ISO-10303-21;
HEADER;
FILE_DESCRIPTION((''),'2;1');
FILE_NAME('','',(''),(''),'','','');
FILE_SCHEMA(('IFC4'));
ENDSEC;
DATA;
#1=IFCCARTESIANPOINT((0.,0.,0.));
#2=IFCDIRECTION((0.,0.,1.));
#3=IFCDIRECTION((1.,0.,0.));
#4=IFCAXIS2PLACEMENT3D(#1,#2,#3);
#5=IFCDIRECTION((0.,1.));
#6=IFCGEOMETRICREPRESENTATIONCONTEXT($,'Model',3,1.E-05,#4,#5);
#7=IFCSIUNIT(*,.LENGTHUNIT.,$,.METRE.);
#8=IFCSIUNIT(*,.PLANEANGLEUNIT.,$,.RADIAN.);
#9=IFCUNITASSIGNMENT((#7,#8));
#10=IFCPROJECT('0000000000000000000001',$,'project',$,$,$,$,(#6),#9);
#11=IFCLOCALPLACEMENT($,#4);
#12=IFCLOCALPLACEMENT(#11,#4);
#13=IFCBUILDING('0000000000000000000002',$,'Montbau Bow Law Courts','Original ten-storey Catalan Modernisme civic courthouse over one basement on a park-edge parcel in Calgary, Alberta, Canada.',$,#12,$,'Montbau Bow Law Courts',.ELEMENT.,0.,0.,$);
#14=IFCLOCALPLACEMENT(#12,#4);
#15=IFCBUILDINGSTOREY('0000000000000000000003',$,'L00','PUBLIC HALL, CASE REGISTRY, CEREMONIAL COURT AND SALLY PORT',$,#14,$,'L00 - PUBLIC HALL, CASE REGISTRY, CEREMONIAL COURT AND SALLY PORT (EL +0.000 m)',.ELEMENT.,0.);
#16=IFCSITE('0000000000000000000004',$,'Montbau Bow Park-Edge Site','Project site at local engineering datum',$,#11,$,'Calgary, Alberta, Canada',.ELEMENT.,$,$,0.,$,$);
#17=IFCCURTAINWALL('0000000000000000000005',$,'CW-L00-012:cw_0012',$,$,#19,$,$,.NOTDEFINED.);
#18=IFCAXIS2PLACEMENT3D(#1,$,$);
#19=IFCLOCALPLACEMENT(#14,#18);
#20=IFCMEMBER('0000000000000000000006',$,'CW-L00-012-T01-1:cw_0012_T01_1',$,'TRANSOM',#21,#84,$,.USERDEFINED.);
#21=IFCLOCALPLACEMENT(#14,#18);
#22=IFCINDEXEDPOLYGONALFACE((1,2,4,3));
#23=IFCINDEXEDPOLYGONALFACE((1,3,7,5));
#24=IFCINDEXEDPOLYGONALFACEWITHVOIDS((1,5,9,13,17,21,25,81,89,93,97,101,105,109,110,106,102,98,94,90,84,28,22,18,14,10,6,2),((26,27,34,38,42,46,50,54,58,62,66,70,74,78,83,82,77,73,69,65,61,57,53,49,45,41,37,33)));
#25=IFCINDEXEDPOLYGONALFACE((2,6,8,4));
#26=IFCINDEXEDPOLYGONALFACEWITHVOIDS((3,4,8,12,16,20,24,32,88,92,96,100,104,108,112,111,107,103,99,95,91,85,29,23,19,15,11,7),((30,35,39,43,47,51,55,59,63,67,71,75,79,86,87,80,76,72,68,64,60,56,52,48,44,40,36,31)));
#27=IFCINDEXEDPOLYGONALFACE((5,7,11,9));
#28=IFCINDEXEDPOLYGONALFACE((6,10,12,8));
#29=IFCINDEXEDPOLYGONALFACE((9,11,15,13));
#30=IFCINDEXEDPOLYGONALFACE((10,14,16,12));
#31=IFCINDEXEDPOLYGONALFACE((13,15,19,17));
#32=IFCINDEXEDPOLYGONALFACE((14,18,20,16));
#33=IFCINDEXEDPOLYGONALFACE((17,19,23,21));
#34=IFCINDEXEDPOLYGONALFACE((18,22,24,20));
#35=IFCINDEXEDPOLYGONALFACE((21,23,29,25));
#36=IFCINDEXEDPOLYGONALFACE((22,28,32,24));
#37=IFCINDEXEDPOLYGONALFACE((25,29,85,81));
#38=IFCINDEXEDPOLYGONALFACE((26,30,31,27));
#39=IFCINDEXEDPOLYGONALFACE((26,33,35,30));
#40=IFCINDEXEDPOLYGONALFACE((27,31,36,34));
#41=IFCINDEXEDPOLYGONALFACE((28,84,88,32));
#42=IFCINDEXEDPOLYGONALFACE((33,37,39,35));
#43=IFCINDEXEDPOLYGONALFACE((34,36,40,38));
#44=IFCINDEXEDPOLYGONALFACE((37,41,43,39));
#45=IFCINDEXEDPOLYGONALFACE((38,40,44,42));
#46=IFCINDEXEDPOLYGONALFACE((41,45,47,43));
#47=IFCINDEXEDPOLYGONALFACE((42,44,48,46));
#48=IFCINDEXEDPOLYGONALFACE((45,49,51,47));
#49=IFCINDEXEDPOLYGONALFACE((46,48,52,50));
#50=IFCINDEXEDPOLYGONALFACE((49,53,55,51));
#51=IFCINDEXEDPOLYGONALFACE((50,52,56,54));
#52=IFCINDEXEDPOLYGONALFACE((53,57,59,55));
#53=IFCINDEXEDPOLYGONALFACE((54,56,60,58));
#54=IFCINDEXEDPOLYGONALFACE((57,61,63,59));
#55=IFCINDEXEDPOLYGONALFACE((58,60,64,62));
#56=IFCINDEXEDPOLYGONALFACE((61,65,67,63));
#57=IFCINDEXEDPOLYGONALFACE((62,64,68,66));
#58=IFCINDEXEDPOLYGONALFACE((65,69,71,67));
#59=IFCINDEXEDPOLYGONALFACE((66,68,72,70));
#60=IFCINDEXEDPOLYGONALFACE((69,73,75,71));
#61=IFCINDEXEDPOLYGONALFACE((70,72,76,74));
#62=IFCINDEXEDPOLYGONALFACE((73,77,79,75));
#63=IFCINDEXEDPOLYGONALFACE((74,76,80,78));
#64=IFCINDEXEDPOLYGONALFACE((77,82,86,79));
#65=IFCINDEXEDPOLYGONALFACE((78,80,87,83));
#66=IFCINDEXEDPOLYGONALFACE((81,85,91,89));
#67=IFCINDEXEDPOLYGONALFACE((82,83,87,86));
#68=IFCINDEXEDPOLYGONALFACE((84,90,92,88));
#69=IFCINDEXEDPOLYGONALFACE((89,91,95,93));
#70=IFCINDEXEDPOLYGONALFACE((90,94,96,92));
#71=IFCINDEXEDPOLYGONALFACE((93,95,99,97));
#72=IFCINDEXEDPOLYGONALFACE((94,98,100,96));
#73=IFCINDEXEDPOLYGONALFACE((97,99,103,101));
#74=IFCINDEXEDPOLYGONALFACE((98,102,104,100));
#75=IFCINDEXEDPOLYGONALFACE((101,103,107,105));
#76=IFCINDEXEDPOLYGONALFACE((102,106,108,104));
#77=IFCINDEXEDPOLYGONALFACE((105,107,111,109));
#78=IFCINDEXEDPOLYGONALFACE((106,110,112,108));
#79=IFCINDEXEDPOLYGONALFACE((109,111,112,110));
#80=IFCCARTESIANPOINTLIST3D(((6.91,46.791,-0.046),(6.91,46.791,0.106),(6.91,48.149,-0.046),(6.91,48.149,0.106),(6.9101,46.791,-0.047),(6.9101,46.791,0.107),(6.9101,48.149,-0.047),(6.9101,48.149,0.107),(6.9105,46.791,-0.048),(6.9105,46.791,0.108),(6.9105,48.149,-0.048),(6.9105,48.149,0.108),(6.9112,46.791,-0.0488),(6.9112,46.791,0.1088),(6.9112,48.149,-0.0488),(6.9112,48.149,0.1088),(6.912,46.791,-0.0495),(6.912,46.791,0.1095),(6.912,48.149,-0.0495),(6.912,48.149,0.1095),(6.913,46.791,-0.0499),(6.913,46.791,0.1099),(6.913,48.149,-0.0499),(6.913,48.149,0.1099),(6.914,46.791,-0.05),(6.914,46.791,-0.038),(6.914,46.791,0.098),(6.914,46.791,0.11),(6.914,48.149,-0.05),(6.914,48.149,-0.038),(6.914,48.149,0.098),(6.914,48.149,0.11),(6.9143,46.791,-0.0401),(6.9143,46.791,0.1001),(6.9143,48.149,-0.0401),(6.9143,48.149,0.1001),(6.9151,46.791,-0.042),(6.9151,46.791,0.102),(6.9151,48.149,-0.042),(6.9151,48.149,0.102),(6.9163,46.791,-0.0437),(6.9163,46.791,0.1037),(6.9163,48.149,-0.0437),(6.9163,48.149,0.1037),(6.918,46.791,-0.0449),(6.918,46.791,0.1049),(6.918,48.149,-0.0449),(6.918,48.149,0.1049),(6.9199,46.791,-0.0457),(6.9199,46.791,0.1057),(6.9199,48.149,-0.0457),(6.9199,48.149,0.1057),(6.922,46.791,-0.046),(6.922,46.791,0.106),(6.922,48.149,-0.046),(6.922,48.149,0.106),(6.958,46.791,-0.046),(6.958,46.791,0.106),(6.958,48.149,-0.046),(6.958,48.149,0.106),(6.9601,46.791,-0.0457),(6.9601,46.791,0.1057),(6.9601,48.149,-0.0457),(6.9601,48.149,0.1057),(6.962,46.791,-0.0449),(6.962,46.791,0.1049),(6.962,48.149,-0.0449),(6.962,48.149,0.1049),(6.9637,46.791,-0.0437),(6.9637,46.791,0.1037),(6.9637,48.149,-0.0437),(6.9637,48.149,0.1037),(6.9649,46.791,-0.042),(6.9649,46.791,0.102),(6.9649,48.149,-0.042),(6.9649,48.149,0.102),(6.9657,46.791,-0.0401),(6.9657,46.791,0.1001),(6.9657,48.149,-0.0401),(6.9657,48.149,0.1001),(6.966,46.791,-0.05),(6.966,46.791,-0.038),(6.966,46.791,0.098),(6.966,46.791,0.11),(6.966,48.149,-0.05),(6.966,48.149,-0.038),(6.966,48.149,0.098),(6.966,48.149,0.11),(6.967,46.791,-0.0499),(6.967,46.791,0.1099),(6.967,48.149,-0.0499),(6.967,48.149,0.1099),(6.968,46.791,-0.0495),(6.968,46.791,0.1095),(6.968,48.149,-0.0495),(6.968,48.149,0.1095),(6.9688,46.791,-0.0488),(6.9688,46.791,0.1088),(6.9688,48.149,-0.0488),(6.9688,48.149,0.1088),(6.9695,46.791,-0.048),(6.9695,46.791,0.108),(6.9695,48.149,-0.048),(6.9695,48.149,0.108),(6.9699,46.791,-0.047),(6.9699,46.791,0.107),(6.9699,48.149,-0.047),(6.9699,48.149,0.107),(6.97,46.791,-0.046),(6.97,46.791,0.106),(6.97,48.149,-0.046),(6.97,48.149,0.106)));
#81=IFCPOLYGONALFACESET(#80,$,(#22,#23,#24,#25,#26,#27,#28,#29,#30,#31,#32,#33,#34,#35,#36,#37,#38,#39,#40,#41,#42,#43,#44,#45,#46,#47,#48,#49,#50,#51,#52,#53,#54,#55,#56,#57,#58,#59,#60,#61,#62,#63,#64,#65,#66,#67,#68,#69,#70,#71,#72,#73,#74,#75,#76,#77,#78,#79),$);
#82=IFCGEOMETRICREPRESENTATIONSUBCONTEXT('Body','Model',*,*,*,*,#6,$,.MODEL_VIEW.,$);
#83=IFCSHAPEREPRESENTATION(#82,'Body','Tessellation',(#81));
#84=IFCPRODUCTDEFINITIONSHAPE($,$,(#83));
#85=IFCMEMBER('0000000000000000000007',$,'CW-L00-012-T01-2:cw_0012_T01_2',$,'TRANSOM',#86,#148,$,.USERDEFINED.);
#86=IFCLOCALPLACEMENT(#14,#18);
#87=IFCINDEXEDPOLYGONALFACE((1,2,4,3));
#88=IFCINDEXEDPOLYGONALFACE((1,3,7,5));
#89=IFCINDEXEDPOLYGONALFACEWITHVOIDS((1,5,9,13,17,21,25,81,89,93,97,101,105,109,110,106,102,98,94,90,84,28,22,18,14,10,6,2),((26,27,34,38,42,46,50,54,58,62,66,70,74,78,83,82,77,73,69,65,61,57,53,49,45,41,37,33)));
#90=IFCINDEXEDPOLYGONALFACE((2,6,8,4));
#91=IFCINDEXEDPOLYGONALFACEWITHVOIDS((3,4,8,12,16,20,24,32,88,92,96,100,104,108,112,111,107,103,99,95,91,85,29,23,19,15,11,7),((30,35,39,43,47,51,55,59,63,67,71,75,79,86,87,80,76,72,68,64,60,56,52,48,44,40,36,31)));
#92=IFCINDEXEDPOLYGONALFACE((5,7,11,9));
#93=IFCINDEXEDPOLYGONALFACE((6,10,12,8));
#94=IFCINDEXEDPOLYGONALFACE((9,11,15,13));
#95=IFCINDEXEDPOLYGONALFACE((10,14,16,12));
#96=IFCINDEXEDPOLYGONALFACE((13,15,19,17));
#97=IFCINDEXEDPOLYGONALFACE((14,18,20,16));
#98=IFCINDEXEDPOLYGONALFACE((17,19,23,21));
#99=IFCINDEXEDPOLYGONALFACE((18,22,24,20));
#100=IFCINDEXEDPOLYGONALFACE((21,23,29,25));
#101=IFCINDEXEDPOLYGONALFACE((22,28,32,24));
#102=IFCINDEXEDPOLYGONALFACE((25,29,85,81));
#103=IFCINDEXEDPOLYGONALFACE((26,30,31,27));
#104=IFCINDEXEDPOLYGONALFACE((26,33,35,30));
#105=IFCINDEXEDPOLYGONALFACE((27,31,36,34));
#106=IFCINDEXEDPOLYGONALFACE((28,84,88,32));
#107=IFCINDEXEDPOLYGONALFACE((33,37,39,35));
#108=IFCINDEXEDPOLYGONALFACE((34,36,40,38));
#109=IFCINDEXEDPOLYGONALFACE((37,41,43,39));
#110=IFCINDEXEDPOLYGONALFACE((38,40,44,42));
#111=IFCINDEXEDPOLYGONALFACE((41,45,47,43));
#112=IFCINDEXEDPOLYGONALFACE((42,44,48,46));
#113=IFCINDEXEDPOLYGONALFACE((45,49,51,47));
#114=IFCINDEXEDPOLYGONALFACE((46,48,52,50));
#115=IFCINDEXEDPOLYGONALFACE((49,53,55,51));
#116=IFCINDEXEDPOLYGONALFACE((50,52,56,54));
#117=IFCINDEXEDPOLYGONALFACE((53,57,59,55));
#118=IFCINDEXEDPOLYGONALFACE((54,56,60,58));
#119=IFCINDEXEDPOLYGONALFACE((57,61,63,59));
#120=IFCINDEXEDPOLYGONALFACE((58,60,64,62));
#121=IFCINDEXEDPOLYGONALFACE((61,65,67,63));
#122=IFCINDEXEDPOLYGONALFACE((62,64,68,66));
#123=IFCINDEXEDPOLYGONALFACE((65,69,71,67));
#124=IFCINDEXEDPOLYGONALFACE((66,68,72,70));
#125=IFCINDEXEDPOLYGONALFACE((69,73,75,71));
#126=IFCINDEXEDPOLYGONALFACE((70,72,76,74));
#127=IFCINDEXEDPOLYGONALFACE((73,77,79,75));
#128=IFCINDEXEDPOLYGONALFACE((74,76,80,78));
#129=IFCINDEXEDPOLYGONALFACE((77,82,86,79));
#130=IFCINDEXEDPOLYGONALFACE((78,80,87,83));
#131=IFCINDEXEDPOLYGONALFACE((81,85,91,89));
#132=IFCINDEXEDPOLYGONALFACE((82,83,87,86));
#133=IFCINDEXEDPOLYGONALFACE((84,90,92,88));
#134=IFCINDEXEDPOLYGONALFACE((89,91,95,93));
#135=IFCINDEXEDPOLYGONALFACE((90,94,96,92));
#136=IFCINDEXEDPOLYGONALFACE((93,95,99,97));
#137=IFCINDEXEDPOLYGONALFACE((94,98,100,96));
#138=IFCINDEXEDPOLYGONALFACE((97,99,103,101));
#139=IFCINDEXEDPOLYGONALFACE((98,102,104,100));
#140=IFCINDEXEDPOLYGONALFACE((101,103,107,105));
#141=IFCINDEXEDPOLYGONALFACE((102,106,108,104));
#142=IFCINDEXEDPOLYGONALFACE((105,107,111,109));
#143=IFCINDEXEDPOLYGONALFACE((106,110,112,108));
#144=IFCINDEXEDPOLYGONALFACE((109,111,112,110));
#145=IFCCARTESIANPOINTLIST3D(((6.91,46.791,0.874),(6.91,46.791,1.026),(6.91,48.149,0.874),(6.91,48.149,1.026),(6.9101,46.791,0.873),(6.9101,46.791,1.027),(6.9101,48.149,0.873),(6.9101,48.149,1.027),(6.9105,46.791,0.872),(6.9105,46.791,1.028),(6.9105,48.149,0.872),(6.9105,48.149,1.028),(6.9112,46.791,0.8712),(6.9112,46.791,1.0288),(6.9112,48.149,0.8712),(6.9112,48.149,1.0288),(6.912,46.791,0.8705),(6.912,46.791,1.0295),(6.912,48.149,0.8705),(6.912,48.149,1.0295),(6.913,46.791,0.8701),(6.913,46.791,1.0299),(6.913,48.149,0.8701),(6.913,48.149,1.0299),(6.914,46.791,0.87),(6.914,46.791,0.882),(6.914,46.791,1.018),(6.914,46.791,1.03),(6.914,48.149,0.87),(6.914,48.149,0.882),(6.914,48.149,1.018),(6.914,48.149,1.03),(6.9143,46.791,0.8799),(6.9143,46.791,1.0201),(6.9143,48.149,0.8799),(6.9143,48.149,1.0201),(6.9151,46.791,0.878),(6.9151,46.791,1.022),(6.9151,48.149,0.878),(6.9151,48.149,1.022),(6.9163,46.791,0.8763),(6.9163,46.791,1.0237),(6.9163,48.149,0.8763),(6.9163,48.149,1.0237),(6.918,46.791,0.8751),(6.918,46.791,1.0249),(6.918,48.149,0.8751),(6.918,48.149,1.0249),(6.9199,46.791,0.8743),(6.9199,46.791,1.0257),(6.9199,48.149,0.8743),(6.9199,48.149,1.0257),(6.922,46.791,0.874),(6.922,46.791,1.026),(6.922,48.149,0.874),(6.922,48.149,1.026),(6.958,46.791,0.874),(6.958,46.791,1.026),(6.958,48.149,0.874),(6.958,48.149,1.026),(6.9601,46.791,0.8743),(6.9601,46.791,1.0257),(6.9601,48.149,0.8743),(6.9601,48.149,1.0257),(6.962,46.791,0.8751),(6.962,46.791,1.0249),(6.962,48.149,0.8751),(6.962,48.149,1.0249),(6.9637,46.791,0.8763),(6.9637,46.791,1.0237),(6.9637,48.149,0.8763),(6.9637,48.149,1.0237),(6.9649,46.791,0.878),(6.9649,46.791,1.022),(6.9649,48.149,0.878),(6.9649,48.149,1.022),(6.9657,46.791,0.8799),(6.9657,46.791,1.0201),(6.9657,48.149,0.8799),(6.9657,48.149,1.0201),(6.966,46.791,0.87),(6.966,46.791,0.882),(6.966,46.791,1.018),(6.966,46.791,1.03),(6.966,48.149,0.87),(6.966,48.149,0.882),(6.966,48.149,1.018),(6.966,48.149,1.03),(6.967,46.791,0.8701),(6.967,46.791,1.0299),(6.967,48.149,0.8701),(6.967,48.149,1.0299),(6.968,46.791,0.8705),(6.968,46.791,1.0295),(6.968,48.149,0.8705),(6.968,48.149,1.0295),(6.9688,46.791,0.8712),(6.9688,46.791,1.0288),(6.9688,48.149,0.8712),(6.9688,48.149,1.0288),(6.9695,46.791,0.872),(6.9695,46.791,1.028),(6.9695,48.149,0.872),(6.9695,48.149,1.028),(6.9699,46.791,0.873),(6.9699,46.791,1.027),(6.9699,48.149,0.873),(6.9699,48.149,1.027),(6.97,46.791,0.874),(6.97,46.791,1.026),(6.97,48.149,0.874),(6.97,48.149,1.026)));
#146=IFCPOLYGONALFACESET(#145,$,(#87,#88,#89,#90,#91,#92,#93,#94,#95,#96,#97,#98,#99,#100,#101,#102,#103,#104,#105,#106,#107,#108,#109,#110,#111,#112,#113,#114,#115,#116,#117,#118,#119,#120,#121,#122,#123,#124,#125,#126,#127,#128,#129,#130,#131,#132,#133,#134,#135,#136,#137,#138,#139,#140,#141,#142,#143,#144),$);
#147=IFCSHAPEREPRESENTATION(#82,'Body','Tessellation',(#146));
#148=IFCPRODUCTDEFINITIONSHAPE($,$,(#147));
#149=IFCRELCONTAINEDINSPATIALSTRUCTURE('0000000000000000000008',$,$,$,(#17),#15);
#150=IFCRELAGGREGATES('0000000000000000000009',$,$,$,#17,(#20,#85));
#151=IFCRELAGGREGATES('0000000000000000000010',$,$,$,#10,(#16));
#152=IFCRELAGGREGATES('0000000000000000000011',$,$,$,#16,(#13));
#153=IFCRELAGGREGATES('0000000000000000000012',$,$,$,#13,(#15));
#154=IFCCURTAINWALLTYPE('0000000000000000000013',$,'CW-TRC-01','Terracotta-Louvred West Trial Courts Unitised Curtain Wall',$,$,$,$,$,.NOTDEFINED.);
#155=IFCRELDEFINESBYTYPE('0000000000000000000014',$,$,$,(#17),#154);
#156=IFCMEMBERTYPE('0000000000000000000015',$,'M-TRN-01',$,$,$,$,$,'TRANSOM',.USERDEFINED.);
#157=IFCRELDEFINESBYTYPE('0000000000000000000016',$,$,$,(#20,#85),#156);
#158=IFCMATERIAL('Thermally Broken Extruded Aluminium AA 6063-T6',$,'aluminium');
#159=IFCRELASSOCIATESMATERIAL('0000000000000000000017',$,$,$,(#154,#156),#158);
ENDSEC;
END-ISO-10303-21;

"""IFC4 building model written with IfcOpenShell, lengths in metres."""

from ifc_helpers import new_model, si_unit, direction, frame, origin_with_axes, origin_2d_with_axis, place, context, subcontext, project, spatial, hollow_rectangle, extrude, material, material_profile, profile_set, type_object, element, aggregate, save


model = new_model("IFC4")

# Units and contexts
model_context = context("Model", 3, precision=1e-05, world=origin_with_axes(), true_north=direction((0.0, 1.0)))
body_context = subcontext(model_context, "Body", "Model", "MODEL_VIEW")
ifc_project = project(units=[si_unit("LENGTHUNIT", "METRE"), si_unit("PLANEANGLEUNIT", "RADIAN")], contexts=[model_context])

# Site, building, storey
site_placement = place(None, origin_with_axes())
site = spatial("IfcSite", under=ifc_project, at=site_placement, Name="Montbau Bow Park-Edge Site", Description="Project site at local engineering datum", LongName="Calgary, Alberta, Canada", CompositionType="ELEMENT", RefElevation=0.0)
building_placement = place(site_placement, origin_with_axes())
building = spatial("IfcBuilding", under=site, at=building_placement, Name="Montbau Bow Law Courts", Description="Original ten-storey Catalan Modernisme civic courthouse over one basement on a park-edge parcel in Calgary, Alberta, Canada.", LongName="Montbau Bow Law Courts", CompositionType="ELEMENT", ElevationOfRefHeight=0.0, ElevationOfTerrain=0.0)
storey_placement = place(building_placement, origin_with_axes())
storey = spatial("IfcBuildingStorey", under=building, at=storey_placement, Name="L00", Description="PUBLIC HALL, CASE REGISTRY, CEREMONIAL COURT AND SALLY PORT", LongName="L00 - PUBLIC HALL, CASE REGISTRY, CEREMONIAL COURT AND SALLY PORT (EL +0.000 m)", CompositionType="ELEMENT", Elevation=0.0)

# Curtain wall, members
ifc_material_1 = material(Name="Thermally Broken Extruded Aluminium AA 6063-T6", Category="aluminium")
curtain_wall_type = type_object("IfcCurtainWallType", Name="CW-TRC-01", Description="Terracotta-Louvred West Trial Courts Unitised Curtain Wall", PredefinedType="NOTDEFINED", material=ifc_material_1)
curtain_wall_placement = place(None, frame((6.94, 46.715, 0.0), z_axis=(0.0, 0.0, 1.0), x_axis=(1.0, 0.0, 0.0)))
curtain_wall = element("IfcCurtainWall", 1, at=curtain_wall_placement, inside=storey, type_object=curtain_wall_type, Name="CW-L00-012:cw_0012", PredefinedType="NOTDEFINED")
ifc_material_profile_1 = material_profile(ifc_material_1, hollow_rectangle(XDim=0.06, YDim=0.16, WallThickness=0.004, InnerFilletRadius=0.008, OuterFilletRadius=0.004, at=origin_2d_with_axis()), Name="CWT-160X60", Category="Main", Priority=0)
ifc_profile_set_1 = profile_set([ifc_material_profile_1], Name="Thermally Broken Extruded Aluminium AA 6063-T6")
member_type = type_object("IfcMemberType", Name="M-TRN-01", ElementType="TRANSOM", PredefinedType="USERDEFINED", material=ifc_profile_set_1)
member_1_placement = place(None, frame((6.94, 46.791, 0.03), z_axis=(0.0, 1.0, 0.0), x_axis=(-1.0, 0.0, 0.0)))
member_1 = element("IfcMember", 2, at=member_1_placement, type_object=member_type, Name="CW-L00-012-T01-1:cw_0012_T01_1", ObjectType="TRANSOM", PredefinedType="USERDEFINED", context=body_context, shape_type="SweptSolid", body=[
    extrude(hollow_rectangle(XDim=0.06, YDim=0.16, WallThickness=0.004, InnerFilletRadius=0.008, OuterFilletRadius=0.004, at=origin_2d_with_axis()), origin_with_axes(), (0.0, 0.0, 1.0), 1.358),
])
member_2_placement = place(None, frame((6.94, 46.791, 0.95), z_axis=(0.0, 1.0, 0.0), x_axis=(-1.0, 0.0, 0.0)))
member_2 = element("IfcMember", 3, at=member_2_placement, type_object=member_type, Name="CW-L00-012-T01-2:cw_0012_T01_2", ObjectType="TRANSOM", PredefinedType="USERDEFINED", context=body_context, shape_type="SweptSolid", body=[
    extrude(hollow_rectangle(XDim=0.06, YDim=0.16, WallThickness=0.004, InnerFilletRadius=0.008, OuterFilletRadius=0.004, at=origin_2d_with_axis()), origin_with_axes(), (0.0, 0.0, 1.0), 1.358),
])
aggregate(curtain_wall, [member_1, member_2])

save(model, "model.ifc")
